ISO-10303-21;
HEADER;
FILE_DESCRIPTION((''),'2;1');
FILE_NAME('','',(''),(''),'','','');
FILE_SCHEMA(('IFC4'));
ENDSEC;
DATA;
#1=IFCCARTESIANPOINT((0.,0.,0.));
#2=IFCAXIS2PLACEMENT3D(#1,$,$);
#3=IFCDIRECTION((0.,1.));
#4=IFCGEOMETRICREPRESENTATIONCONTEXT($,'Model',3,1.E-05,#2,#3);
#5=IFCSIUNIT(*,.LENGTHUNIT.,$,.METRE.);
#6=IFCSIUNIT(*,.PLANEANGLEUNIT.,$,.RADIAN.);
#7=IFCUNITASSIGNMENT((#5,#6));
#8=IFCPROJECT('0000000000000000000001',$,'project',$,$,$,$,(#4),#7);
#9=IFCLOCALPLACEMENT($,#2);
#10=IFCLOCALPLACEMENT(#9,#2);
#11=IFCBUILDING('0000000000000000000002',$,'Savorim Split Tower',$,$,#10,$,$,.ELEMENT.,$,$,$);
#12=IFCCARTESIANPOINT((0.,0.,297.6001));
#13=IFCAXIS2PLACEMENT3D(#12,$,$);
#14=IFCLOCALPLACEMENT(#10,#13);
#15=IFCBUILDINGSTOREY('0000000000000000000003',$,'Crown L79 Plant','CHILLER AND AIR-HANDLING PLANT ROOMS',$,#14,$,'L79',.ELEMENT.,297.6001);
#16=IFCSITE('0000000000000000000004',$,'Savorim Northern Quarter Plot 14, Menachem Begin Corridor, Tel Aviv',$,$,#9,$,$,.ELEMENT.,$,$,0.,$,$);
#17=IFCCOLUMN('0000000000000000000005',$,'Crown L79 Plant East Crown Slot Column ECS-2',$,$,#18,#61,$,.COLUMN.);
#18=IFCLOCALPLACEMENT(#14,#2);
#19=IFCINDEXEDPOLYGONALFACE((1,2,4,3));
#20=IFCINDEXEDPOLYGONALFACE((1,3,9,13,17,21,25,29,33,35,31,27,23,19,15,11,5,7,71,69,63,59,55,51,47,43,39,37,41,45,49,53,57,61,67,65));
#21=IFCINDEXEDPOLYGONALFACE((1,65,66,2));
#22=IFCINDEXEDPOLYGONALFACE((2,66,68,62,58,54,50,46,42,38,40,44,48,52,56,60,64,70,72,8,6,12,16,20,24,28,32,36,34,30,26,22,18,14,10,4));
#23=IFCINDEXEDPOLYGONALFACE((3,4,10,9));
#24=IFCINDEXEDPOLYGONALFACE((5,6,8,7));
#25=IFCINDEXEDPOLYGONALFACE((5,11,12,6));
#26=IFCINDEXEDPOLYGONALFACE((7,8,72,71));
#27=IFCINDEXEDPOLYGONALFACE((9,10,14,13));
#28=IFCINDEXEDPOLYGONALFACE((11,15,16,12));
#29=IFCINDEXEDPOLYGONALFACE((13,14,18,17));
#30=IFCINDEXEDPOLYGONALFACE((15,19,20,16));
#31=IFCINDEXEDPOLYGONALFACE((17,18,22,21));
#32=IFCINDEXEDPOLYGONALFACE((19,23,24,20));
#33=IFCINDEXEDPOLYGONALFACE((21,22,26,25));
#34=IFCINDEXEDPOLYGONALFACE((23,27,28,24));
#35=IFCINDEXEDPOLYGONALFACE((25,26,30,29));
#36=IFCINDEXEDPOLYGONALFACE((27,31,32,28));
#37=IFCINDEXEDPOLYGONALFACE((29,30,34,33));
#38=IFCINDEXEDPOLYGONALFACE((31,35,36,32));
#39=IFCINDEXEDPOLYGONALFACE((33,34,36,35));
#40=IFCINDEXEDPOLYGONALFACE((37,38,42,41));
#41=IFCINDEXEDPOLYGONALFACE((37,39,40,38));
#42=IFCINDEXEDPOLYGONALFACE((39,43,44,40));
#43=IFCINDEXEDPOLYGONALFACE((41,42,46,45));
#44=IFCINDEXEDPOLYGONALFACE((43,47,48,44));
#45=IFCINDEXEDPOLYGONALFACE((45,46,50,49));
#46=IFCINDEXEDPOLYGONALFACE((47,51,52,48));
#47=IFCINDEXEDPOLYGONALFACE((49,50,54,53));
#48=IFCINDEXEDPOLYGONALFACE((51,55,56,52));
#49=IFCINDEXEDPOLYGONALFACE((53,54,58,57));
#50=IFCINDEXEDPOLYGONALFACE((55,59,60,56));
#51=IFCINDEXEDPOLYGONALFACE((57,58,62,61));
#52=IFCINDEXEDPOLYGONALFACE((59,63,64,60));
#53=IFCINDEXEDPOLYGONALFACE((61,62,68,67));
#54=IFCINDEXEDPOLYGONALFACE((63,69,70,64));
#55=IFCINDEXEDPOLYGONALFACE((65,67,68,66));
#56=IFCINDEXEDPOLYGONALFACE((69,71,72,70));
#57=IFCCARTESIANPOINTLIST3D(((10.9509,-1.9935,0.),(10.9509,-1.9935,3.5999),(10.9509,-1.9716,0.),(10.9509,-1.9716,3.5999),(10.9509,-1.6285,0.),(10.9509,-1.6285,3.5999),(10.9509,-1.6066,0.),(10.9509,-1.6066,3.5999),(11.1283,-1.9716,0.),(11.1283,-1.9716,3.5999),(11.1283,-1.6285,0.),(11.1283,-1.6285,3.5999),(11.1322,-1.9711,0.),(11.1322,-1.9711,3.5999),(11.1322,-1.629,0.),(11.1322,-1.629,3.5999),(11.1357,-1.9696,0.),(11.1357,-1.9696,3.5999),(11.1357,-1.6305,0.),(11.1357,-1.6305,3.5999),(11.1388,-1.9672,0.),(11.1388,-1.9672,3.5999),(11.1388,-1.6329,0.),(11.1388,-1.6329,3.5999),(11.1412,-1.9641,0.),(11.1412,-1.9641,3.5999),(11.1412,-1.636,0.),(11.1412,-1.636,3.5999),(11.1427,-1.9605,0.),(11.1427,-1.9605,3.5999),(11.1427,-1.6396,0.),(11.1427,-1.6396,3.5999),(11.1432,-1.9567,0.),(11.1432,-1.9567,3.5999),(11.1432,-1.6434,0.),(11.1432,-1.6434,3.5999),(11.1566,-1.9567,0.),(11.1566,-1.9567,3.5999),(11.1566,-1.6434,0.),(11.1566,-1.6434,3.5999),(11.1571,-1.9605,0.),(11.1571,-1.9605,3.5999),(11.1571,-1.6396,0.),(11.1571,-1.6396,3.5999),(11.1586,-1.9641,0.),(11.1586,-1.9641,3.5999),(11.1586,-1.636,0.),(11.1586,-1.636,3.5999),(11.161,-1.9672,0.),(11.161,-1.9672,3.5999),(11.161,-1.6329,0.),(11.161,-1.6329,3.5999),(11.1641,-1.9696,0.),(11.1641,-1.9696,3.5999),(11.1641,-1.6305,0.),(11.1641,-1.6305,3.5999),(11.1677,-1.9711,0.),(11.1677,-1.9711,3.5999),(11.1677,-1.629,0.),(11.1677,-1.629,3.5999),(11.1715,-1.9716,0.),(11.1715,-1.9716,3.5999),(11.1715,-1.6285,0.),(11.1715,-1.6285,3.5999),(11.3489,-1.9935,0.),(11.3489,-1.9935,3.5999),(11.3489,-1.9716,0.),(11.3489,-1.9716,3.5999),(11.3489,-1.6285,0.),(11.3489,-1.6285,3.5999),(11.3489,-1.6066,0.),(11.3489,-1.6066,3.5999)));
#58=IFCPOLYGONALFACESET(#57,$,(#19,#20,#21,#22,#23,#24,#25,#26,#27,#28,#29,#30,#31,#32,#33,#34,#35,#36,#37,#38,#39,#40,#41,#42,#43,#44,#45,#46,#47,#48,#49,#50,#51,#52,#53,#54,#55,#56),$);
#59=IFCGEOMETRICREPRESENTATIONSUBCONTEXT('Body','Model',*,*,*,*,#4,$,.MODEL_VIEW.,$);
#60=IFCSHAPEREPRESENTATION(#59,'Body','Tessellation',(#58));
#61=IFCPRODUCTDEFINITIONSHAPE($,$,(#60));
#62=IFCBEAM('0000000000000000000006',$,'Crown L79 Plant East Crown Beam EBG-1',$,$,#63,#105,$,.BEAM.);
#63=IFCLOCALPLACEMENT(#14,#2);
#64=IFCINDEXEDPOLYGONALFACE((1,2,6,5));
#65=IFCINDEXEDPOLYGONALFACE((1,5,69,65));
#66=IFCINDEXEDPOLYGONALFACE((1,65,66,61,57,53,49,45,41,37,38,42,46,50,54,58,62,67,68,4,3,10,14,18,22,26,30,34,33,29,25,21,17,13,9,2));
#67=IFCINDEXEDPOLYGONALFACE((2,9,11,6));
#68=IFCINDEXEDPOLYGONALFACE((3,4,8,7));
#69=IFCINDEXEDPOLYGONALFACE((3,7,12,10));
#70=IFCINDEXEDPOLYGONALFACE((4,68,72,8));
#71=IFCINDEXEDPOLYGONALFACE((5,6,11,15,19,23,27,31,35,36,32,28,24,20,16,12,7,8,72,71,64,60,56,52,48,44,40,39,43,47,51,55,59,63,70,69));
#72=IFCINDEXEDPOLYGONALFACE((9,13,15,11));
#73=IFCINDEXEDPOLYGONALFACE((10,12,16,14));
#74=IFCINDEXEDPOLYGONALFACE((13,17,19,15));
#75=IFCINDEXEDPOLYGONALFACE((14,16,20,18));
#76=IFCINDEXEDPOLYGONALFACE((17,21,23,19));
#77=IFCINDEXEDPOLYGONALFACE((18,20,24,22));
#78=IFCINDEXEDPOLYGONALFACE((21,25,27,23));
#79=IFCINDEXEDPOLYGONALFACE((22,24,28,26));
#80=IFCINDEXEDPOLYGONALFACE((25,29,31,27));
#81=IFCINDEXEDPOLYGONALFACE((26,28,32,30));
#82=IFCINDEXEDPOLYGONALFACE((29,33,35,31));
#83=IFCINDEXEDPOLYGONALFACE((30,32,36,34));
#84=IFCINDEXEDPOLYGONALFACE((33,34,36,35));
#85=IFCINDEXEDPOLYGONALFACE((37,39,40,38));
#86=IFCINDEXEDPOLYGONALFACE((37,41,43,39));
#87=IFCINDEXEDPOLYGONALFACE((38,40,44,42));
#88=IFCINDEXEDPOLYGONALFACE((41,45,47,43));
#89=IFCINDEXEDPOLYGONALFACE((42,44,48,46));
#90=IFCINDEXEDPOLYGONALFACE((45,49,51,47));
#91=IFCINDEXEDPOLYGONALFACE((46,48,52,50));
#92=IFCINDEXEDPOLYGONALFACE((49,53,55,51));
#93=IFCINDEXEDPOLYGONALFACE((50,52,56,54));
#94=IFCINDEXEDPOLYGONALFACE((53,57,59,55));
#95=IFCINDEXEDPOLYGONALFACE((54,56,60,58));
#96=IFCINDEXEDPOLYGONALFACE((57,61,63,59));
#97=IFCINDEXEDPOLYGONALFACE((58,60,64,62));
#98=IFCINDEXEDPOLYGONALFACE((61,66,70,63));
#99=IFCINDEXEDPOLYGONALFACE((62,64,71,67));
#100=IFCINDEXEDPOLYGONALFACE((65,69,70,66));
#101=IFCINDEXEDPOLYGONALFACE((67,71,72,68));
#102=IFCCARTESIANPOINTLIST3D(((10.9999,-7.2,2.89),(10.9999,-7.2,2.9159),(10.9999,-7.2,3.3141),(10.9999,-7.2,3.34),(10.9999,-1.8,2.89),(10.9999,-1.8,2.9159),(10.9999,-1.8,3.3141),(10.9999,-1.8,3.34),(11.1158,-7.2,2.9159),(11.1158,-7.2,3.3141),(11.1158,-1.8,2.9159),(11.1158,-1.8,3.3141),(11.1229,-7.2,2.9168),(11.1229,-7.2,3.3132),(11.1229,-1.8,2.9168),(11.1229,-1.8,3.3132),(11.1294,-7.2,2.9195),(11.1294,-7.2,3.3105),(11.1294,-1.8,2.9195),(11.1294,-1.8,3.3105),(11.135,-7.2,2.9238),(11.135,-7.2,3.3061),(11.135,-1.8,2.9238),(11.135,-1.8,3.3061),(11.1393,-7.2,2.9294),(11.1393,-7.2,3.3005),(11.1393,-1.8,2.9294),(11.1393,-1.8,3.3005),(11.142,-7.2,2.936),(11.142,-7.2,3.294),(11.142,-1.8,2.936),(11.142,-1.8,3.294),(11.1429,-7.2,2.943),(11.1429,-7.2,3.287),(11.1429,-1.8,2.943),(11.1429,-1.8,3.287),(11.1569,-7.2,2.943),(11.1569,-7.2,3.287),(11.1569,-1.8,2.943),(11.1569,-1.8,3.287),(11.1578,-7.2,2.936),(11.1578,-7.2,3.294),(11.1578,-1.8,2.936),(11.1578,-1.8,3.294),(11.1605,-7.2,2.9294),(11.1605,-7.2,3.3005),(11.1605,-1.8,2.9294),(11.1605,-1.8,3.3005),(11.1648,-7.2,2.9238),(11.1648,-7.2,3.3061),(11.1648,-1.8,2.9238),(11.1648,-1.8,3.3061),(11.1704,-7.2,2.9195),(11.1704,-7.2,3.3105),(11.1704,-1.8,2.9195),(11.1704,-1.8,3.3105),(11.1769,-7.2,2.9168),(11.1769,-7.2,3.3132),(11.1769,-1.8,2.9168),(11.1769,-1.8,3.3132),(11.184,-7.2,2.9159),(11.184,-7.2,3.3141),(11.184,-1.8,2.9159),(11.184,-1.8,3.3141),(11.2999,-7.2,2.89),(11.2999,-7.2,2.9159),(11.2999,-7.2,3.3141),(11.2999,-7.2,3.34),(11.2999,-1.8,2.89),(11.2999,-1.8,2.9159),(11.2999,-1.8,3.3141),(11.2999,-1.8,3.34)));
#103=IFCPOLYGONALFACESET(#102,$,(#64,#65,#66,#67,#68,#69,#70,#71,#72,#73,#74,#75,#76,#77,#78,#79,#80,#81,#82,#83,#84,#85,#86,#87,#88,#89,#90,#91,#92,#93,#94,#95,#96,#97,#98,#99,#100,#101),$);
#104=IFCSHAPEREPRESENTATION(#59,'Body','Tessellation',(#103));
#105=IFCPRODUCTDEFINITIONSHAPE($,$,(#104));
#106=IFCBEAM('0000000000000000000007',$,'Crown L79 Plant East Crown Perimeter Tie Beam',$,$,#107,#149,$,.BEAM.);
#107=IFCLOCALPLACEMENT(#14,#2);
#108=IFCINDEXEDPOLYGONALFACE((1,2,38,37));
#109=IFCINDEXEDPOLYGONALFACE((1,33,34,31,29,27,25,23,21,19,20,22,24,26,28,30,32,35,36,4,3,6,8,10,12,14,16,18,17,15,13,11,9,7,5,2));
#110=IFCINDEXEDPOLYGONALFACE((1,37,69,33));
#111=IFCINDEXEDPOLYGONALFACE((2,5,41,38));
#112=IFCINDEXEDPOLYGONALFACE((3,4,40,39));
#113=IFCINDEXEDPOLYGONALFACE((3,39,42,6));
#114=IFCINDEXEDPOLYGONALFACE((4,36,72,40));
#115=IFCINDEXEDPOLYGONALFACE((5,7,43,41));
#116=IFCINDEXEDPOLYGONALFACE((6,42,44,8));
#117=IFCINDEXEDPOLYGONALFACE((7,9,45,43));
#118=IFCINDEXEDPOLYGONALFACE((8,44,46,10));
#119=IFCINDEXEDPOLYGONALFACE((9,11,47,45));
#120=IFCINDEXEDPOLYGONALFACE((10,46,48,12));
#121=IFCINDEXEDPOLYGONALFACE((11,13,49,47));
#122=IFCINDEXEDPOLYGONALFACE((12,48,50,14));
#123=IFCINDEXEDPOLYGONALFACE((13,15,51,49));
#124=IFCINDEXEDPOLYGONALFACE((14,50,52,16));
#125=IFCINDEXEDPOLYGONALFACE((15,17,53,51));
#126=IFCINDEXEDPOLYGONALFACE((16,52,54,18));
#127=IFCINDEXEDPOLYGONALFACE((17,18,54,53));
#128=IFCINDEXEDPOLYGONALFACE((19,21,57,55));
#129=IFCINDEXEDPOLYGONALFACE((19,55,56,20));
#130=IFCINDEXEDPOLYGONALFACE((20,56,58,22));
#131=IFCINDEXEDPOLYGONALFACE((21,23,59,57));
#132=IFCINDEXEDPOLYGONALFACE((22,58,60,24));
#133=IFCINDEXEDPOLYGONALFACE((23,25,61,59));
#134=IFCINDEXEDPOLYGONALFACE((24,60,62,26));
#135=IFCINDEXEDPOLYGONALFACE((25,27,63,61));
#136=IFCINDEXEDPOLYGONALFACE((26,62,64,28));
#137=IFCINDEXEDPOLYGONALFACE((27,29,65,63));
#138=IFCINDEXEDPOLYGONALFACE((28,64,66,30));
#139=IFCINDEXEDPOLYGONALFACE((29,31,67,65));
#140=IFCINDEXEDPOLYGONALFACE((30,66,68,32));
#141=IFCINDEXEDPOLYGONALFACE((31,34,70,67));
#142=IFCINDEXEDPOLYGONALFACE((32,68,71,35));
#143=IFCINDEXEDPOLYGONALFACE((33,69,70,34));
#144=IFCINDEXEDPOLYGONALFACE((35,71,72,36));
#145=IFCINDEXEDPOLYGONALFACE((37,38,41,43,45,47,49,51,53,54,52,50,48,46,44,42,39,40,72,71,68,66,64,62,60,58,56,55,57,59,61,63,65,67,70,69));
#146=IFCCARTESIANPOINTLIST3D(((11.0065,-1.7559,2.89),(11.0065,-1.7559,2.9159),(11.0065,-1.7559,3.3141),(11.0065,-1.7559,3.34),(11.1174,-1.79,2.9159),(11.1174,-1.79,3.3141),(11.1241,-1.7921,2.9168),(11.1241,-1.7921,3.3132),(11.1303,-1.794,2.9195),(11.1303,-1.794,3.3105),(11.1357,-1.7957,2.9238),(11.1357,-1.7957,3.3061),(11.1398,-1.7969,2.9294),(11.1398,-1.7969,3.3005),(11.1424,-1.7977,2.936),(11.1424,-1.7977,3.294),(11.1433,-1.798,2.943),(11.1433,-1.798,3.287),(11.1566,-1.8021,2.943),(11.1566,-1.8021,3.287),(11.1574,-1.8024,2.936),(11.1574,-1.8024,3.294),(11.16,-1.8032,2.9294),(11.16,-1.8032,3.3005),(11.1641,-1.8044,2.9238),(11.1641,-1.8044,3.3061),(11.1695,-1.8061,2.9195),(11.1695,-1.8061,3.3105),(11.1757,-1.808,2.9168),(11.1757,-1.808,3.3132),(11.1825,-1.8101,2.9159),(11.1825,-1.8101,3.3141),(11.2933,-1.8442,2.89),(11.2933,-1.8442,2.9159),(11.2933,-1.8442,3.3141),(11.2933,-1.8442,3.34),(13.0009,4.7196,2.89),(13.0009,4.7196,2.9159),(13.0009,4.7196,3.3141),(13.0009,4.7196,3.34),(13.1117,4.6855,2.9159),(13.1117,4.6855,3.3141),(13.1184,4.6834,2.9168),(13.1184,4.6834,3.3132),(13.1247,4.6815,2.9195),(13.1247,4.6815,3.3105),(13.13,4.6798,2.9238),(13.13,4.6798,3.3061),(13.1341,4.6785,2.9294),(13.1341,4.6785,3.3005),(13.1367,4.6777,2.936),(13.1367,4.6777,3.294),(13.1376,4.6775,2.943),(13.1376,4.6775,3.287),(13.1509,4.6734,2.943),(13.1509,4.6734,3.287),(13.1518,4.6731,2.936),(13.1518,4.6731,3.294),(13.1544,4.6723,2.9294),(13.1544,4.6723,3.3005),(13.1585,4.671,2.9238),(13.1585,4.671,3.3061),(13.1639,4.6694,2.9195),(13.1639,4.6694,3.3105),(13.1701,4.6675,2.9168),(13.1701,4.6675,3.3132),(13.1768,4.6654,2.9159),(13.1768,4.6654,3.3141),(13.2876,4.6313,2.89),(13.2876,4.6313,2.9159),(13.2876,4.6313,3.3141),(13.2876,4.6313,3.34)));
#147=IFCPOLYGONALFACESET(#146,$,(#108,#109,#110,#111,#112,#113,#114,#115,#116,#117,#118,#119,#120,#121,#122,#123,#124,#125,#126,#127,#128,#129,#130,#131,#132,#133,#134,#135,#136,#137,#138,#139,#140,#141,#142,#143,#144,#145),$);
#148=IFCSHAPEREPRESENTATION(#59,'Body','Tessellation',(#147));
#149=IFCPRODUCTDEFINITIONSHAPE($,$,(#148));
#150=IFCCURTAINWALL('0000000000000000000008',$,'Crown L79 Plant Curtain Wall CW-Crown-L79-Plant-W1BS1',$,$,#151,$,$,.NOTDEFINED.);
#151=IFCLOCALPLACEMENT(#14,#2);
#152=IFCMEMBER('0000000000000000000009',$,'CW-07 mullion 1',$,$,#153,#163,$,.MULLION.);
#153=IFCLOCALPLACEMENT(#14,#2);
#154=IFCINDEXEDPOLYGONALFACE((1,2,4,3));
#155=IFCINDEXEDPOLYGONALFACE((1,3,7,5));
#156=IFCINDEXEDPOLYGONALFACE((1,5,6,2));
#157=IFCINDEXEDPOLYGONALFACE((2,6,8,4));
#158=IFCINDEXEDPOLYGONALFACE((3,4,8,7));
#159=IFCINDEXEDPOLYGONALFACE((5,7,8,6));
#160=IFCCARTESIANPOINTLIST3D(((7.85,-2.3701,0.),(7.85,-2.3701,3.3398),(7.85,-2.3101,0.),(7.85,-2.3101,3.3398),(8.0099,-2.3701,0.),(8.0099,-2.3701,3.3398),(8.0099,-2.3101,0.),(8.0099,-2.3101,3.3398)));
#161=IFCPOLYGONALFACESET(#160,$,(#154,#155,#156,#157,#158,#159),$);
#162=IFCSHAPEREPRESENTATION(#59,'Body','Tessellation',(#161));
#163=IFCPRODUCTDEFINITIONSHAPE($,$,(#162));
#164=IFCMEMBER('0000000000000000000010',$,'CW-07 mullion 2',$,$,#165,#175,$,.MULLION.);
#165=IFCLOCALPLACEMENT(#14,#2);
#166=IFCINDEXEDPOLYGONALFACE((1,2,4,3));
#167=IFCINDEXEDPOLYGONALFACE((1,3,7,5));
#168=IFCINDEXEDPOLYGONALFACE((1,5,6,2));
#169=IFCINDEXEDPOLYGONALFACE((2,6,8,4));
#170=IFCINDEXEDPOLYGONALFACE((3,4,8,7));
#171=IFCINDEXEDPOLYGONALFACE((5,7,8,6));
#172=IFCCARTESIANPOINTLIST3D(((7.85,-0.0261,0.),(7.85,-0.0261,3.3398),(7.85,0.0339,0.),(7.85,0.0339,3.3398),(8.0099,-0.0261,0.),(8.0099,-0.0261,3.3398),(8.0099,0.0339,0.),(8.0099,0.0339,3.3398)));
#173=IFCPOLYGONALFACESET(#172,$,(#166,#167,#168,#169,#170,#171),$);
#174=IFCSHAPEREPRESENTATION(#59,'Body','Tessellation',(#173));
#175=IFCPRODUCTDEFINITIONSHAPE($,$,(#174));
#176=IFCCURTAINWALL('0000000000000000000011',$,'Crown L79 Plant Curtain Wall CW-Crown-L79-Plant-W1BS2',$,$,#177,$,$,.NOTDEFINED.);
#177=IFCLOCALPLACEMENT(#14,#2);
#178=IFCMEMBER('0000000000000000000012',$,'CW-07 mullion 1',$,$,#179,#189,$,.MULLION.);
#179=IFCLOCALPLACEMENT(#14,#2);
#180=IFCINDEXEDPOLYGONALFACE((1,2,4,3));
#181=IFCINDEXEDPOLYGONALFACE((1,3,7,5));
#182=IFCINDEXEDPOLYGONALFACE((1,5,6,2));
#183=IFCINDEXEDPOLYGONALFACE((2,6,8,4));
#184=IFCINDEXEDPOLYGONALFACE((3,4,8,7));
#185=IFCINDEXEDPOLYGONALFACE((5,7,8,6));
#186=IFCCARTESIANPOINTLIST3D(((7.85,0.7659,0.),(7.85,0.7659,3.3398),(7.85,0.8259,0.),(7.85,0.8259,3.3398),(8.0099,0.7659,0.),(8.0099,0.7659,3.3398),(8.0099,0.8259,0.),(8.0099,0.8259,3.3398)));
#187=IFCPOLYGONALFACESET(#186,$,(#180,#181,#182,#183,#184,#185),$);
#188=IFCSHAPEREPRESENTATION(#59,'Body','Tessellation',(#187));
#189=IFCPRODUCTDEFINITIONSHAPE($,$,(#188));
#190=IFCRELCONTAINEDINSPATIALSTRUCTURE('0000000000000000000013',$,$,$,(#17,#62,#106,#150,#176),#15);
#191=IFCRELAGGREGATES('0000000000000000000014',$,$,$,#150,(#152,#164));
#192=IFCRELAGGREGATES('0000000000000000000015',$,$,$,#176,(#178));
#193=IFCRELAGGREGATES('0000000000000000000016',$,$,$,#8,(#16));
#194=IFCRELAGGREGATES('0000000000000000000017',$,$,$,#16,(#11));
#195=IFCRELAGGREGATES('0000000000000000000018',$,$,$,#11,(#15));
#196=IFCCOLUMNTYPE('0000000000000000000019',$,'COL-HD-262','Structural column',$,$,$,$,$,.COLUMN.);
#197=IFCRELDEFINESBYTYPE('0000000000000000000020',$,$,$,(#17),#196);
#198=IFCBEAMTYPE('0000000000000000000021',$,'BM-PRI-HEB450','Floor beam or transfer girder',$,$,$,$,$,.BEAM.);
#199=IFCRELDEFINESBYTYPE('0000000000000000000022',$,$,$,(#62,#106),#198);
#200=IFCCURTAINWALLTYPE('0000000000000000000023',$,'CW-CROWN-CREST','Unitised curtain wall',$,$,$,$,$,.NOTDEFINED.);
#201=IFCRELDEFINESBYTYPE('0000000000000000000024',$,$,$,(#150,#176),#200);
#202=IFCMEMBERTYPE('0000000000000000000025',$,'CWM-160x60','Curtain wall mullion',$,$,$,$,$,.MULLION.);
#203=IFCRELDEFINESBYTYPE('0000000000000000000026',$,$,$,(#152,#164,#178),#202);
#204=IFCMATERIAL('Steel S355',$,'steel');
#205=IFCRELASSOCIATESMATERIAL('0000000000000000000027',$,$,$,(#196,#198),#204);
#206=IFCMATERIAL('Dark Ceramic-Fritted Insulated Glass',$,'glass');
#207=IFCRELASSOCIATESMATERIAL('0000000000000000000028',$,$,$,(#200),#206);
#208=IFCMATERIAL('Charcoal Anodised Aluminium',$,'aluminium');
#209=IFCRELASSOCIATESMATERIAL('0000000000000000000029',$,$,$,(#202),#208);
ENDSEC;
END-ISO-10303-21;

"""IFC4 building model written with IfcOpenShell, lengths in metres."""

from ifc_helpers import new_model, si_unit, direction, frame, origin, origin_2d, place, context, subcontext, project, spatial, rectangle, i_section, extrude, material, material_profile, profile_set, type_object, element, aggregate, save


model = new_model("IFC4")

# Units and contexts
model_context = context("Model", 3, precision=1e-05, world=origin(), true_north=direction((0.0, 1.0)))
body_context = subcontext(model_context, "Body", "Model", "MODEL_VIEW")
ifc_project = project(units=[si_unit("LENGTHUNIT", "METRE"), si_unit("PLANEANGLEUNIT", "RADIAN")], contexts=[model_context])

# Site, building, storey
site_placement = place(None, origin())
site = spatial("IfcSite", under=ifc_project, at=site_placement, Name="Savorim Northern Quarter Plot 14, Menachem Begin Corridor, Tel Aviv", CompositionType="ELEMENT", RefElevation=0.0)
building_placement = place(site_placement, origin())
building = spatial("IfcBuilding", under=site, at=building_placement, Name="Savorim Split Tower", CompositionType="ELEMENT")
storey_placement = place(building_placement, frame((0.0, 0.0, 297.6001)))
storey = spatial("IfcBuildingStorey", under=building, at=storey_placement, Name="Crown L79 Plant", Description="CHILLER AND AIR-HANDLING PLANT ROOMS", LongName="L79", CompositionType="ELEMENT", Elevation=297.6001)

# Column
ifc_material_1 = material(Name="Steel S355", Category="steel")
ifc_material_profile_1 = material_profile(ifc_material_1, i_section(OverallWidth=0.3979, OverallDepth=0.387, WebThickness=0.0134, FlangeThickness=0.022, FilletRadius=0.0149, at=origin_2d()), Name="HD 400x262")
ifc_profile_set_1 = profile_set([ifc_material_profile_1], Name="Steel S355")
column_type = type_object("IfcColumnType", Name="COL-HD-262", Description="Structural column", PredefinedType="COLUMN", material=ifc_profile_set_1)
column_placement = place(storey_placement, frame((11.1499, -1.8, 0.0), z_axis=(0.0, 0.0, 1.0), x_axis=(1.0, 0.0, 0.0)))
element("IfcColumn", 1, at=column_placement, inside=storey, type_object=column_type, Name="Crown L79 Plant East Crown Slot Column ECS-2", PredefinedType="COLUMN", context=body_context, shape_type="SweptSolid", body=[
    extrude(i_section(OverallWidth=0.3979, OverallDepth=0.387, WebThickness=0.0134, FlangeThickness=0.022, FilletRadius=0.0149, at=origin_2d()), origin(), (0.0, 0.0, 1.0), 3.5999),
])

# Beams
ifc_material_profile_2 = material_profile(ifc_material_1, i_section(OverallWidth=0.3, OverallDepth=0.45, WebThickness=0.0139, FlangeThickness=0.0259, FilletRadius=0.0271, at=origin_2d()), Name="HEB 450")
ifc_profile_set_2 = profile_set([ifc_material_profile_2], Name="Steel S355")
beam_type = type_object("IfcBeamType", Name="BM-PRI-HEB450", Description="Floor beam or transfer girder", PredefinedType="BEAM", material=ifc_profile_set_2)
beam_1_placement = place(storey_placement, frame((11.1499, -1.8, 3.115), z_axis=(0.0, -1.0, 0.0), x_axis=(1.0, 0.0, 0.0)))
element("IfcBeam", 2, at=beam_1_placement, inside=storey, type_object=beam_type, Name="Crown L79 Plant East Crown Beam EBG-1", PredefinedType="BEAM", context=body_context, shape_type="SweptSolid", body=[
    extrude(i_section(OverallWidth=0.3, OverallDepth=0.45, WebThickness=0.0139, FlangeThickness=0.0259, FilletRadius=0.0271, at=origin_2d()), origin(), (0.0, 0.0, 1.0), 5.3999),
])
beam_2_placement = place(storey_placement, frame((11.1499, -1.8, 3.115), z_axis=(0.294342, 0.9557, 0.0), x_axis=(-0.9557, 0.294342, 0.0)))
element("IfcBeam", 3, at=beam_2_placement, inside=storey, type_object=beam_type, Name="Crown L79 Plant East Crown Perimeter Tie Beam", PredefinedType="BEAM", context=body_context, shape_type="SweptSolid", body=[
    extrude(i_section(OverallWidth=0.3, OverallDepth=0.45, WebThickness=0.0139, FlangeThickness=0.0259, FilletRadius=0.0271, at=origin_2d()), origin(), (0.0, 0.0, 1.0), 6.7756),
])

# Curtain wall, members
ifc_material_2 = material(Name="Dark Ceramic-Fritted Insulated Glass", Category="glass")
curtain_wall_type = type_object("IfcCurtainWallType", Name="CW-CROWN-CREST", Description="Unitised curtain wall", PredefinedType="NOTDEFINED", material=ifc_material_2)
curtain_wall_1_placement = place(storey_placement, origin())
curtain_wall_1 = element("IfcCurtainWall", 4, at=curtain_wall_1_placement, inside=storey, type_object=curtain_wall_type, Name="Crown L79 Plant Curtain Wall CW-Crown-L79-Plant-W1BS1", PredefinedType="NOTDEFINED")
ifc_material_3 = material(Name="Charcoal Anodised Aluminium", Category="aluminium")
ifc_material_profile_3 = material_profile(ifc_material_3, rectangle(XDim=0.1599, YDim=0.0601, at=origin_2d()), Name="ALU-M 160x60")
ifc_profile_set_3 = profile_set([ifc_material_profile_3], Name="Charcoal Anodised Aluminium")
member_type_1 = type_object("IfcMemberType", Name="CWM-160x60", Description="Curtain wall mullion", PredefinedType="MULLION", material=ifc_profile_set_3)
member_1_placement = place(storey_placement, frame((7.9299, -2.3401, 0.0), z_axis=(0.0, 0.0, 1.0), x_axis=(-1.0, 0.0, 0.0)))
member_1 = element("IfcMember", 5, at=member_1_placement, type_object=member_type_1, Name="CW-07 mullion 1", PredefinedType="MULLION", context=body_context, shape_type="SweptSolid", body=[
    extrude(rectangle(XDim=0.1599, YDim=0.0601, at=origin_2d()), origin(), (0.0, 0.0, 1.0), 3.3398),
])
member_2_placement = place(storey_placement, frame((7.9299, 0.0039, 0.0), z_axis=(0.0, 0.0, 1.0), x_axis=(-1.0, 0.0, 0.0)))
member_2 = element("IfcMember", 6, at=member_2_placement, type_object=member_type_1, Name="CW-07 mullion 2", PredefinedType="MULLION", context=body_context, shape_type="SweptSolid", body=[
    extrude(rectangle(XDim=0.1599, YDim=0.0601, at=origin_2d()), origin(), (0.0, 0.0, 1.0), 3.3398),
])

# Curtain wall, member
curtain_wall_2_placement = place(storey_placement, origin())
curtain_wall_2 = element("IfcCurtainWall", 7, at=curtain_wall_2_placement, inside=storey, type_object=curtain_wall_type, Name="Crown L79 Plant Curtain Wall CW-Crown-L79-Plant-W1BS2", PredefinedType="NOTDEFINED")
member_3_placement = place(storey_placement, frame((7.9299, 0.7959, 0.0), z_axis=(0.0, 0.0, 1.0), x_axis=(-1.0, 0.0, 0.0)))
member_3 = element("IfcMember", 8, at=member_3_placement, type_object=member_type_1, Name="CW-07 mullion 1", PredefinedType="MULLION", context=body_context, shape_type="SweptSolid", body=[
    extrude(rectangle(XDim=0.1599, YDim=0.0601, at=origin_2d()), origin(), (0.0, 0.0, 1.0), 3.3398),
])

aggregate(curtain_wall_1, [member_1, member_2])
aggregate(curtain_wall_2, [member_3])

save(model, "model.ifc")
